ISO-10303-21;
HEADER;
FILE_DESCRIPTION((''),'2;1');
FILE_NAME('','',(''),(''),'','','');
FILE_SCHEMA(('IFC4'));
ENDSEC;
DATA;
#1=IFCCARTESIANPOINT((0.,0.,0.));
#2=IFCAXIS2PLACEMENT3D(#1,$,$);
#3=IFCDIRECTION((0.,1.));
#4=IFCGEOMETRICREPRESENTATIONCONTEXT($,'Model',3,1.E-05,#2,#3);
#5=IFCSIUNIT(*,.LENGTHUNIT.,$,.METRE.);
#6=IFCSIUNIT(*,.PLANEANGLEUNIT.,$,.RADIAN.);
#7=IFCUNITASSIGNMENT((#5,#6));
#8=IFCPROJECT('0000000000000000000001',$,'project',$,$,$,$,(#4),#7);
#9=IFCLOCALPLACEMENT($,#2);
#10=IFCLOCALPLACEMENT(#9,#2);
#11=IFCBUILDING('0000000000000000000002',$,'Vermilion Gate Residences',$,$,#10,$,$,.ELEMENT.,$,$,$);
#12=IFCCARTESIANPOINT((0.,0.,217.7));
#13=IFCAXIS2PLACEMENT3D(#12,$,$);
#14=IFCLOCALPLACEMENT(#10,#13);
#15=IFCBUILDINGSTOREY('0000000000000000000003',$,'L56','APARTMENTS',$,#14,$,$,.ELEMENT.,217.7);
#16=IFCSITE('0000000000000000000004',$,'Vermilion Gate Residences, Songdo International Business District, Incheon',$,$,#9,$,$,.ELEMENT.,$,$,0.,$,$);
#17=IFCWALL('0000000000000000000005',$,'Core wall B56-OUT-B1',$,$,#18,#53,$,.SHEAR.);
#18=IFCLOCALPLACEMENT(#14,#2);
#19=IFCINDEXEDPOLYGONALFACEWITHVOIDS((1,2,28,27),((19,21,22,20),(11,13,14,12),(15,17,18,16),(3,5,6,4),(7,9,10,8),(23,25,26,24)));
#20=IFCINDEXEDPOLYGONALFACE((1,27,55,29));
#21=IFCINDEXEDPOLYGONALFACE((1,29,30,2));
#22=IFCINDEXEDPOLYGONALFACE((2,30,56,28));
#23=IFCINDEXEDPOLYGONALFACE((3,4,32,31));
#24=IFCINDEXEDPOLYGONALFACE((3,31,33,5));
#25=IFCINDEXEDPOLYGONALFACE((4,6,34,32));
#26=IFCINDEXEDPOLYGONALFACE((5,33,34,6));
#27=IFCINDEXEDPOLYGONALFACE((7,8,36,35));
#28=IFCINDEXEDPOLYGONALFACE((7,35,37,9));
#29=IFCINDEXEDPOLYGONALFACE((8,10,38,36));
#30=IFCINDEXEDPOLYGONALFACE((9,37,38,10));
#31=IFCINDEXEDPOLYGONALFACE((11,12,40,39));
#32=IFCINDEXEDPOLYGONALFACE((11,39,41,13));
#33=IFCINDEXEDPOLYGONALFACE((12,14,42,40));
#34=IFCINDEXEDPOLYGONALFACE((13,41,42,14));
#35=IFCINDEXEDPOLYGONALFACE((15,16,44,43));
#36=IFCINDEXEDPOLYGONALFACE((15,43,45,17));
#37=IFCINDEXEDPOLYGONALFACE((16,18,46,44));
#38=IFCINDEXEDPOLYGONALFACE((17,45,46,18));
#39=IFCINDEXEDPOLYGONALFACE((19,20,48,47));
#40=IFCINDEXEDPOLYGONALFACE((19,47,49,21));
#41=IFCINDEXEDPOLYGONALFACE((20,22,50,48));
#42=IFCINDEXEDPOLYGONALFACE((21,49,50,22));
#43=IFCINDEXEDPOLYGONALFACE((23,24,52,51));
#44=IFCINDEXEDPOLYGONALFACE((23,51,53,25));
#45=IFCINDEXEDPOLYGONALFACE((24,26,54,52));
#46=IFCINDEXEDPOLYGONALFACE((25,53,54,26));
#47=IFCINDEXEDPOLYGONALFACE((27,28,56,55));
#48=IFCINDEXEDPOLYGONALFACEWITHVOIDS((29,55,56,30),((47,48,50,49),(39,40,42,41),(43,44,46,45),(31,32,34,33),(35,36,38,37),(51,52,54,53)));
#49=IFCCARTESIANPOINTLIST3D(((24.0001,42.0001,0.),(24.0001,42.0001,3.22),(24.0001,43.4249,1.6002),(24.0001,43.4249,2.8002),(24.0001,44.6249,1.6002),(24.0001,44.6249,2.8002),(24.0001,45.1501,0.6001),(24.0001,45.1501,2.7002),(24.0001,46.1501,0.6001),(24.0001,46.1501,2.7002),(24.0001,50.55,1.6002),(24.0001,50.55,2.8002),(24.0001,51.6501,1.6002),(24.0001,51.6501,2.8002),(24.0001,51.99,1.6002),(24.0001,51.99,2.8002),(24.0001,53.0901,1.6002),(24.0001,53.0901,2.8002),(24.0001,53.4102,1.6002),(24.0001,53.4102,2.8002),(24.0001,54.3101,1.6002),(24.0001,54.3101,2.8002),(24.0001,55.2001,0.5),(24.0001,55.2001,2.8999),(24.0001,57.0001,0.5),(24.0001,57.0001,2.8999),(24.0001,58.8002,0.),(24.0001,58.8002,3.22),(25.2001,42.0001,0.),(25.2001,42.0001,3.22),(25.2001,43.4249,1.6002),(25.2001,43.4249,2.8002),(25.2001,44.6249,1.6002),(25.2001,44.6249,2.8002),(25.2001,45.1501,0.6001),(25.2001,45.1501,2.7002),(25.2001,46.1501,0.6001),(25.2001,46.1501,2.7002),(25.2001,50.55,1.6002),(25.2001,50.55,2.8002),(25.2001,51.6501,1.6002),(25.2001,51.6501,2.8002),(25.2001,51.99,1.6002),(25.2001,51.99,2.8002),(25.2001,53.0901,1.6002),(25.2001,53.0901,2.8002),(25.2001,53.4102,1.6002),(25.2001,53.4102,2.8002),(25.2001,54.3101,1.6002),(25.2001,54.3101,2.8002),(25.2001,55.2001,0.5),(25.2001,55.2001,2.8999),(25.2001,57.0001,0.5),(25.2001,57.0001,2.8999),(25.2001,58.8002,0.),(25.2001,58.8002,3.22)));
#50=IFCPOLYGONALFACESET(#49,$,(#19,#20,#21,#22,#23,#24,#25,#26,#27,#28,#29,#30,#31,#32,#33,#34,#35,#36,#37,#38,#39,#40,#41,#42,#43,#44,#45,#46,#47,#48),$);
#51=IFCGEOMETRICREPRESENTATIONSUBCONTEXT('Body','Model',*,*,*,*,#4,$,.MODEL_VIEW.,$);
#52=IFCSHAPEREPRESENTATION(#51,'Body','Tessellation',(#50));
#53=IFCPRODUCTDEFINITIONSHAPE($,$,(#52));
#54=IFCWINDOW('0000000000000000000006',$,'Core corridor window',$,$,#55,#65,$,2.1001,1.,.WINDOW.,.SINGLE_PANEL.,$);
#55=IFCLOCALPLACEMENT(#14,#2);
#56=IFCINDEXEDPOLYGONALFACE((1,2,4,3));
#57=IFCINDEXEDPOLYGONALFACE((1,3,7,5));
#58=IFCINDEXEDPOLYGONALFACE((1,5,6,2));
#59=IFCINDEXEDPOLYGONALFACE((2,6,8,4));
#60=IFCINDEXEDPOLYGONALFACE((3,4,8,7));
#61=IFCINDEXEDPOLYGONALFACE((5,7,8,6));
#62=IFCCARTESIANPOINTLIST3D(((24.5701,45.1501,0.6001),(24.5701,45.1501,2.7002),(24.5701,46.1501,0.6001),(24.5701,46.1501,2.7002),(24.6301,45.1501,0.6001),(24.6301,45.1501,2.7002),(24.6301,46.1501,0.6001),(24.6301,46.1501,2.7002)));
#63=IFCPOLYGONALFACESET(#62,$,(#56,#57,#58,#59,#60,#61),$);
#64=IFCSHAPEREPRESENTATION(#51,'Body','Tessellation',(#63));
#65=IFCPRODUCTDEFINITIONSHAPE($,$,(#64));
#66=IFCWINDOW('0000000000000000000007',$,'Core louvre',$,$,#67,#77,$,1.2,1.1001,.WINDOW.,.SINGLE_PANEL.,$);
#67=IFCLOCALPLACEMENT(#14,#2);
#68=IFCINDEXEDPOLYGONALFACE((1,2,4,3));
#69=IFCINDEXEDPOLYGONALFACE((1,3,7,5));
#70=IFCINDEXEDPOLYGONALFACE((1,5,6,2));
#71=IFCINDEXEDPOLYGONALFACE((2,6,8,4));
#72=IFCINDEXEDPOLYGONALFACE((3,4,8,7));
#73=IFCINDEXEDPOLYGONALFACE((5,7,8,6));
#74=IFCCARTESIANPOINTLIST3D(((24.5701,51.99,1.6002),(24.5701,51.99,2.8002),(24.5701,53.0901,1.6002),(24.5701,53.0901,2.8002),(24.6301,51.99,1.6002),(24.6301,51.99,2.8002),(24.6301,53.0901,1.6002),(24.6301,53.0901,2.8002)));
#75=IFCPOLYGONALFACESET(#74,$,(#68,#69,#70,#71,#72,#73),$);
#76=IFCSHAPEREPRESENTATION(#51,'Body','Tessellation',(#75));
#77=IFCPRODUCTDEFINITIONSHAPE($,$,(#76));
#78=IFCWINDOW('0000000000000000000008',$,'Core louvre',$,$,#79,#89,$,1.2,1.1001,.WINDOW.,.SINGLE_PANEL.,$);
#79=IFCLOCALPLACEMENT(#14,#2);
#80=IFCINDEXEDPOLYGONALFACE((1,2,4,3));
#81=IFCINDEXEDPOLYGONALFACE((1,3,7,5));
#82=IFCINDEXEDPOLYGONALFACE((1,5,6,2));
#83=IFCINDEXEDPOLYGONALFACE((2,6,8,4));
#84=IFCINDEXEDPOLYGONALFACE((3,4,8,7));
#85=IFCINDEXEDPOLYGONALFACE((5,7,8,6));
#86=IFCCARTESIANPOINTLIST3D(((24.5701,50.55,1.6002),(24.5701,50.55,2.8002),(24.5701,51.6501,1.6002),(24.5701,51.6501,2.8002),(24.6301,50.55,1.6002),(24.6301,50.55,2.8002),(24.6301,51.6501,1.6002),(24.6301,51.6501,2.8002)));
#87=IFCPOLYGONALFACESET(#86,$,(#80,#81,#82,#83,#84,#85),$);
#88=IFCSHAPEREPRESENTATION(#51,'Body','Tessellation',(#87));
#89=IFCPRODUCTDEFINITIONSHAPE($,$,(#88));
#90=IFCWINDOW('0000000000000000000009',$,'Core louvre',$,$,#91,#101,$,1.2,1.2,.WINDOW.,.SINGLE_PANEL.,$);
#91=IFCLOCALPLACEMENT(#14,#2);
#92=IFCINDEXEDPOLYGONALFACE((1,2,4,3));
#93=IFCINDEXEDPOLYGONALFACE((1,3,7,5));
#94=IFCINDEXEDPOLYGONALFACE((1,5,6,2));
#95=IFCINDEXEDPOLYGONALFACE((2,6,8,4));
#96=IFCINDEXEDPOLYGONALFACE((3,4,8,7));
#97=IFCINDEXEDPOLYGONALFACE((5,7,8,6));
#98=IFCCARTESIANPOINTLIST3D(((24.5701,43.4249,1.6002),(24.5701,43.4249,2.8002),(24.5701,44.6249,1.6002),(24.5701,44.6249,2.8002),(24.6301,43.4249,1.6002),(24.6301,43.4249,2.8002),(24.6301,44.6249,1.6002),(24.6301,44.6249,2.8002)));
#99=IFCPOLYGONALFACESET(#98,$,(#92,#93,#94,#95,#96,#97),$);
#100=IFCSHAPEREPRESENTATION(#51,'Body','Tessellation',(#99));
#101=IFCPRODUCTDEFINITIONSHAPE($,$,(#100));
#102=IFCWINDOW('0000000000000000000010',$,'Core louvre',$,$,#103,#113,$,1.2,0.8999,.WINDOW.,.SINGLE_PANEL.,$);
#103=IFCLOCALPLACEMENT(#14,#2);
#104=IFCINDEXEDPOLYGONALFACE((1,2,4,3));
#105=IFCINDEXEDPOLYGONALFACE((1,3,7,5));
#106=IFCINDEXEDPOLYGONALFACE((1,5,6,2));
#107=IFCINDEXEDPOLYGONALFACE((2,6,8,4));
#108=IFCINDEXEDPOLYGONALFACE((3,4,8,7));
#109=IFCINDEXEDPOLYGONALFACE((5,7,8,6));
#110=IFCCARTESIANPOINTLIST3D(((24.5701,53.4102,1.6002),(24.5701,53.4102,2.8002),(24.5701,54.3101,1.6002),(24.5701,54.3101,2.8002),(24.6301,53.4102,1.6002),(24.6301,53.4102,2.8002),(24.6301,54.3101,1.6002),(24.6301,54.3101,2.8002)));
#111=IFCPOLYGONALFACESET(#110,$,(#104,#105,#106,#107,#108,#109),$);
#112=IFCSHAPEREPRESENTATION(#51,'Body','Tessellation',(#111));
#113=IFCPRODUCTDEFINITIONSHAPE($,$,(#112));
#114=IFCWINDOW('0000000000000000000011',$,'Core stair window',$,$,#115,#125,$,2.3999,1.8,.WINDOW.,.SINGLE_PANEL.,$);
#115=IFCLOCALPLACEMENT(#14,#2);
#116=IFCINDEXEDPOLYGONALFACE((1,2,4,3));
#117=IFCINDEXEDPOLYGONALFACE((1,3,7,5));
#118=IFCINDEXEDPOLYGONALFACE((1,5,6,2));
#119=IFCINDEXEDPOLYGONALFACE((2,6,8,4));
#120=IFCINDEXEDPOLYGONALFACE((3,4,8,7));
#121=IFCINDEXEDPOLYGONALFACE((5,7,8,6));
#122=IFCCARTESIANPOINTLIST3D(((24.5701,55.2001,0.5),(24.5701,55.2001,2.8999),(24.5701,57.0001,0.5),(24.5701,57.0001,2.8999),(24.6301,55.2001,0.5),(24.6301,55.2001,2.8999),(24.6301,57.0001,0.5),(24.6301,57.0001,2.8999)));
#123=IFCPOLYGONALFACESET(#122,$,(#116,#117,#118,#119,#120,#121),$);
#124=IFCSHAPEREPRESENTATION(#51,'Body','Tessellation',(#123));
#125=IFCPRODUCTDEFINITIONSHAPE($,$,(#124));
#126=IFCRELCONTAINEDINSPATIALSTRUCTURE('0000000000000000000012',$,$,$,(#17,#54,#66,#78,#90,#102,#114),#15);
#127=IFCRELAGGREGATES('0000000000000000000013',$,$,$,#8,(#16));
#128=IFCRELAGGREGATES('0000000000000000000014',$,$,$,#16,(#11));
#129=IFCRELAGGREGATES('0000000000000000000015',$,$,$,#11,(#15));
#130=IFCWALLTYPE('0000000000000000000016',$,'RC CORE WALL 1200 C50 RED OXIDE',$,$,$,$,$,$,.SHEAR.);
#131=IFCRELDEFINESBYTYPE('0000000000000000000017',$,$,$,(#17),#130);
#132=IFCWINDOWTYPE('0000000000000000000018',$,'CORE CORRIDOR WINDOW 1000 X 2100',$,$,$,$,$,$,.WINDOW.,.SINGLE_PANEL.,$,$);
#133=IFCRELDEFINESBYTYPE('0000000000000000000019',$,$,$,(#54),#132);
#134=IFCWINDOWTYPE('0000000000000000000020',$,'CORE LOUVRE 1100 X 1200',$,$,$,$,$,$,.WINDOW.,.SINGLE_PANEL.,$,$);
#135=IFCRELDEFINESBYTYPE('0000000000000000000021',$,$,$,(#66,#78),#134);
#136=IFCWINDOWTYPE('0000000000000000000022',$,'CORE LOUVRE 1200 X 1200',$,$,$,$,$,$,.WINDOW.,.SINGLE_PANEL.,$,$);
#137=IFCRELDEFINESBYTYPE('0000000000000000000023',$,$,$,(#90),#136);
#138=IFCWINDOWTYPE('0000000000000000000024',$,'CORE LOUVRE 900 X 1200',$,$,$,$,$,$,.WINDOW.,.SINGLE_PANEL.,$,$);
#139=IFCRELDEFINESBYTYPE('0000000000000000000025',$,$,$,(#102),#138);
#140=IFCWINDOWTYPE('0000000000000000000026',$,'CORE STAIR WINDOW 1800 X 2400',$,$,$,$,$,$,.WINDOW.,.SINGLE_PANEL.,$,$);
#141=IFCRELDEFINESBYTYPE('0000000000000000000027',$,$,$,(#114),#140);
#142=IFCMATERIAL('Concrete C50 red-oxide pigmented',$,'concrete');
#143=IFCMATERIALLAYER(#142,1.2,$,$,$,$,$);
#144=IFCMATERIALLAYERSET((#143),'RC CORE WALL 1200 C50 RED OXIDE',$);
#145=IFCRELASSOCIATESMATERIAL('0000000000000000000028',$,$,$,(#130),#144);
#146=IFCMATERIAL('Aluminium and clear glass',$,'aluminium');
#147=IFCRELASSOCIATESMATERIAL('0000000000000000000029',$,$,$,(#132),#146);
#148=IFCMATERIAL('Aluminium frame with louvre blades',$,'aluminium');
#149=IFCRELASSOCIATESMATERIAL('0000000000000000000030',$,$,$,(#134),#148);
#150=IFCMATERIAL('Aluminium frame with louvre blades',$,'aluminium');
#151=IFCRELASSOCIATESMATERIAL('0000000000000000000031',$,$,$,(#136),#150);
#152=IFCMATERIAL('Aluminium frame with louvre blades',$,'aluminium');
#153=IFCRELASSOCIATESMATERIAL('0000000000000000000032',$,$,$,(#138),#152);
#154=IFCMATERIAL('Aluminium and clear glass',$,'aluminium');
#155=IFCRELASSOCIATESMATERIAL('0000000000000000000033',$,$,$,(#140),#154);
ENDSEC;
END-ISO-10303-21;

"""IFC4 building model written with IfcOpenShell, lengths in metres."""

from ifc_helpers import new_model, si_unit, direction, frame, frame_2d, origin, place, context, subcontext, project, spatial, rectangle, extrude, material, layer, layer_set, type_object, element, fill, save


model = new_model("IFC4")

# Units and contexts
model_context = context("Model", 3, precision=1e-05, world=origin(), true_north=direction((0.0, 1.0)))
body_context = subcontext(model_context, "Body", "Model", "MODEL_VIEW")
ifc_project = project(units=[si_unit("LENGTHUNIT", "METRE"), si_unit("PLANEANGLEUNIT", "RADIAN")], contexts=[model_context])

# Site, building, storey
site_placement = place(None, origin())
site = spatial("IfcSite", under=ifc_project, at=site_placement, Name="Vermilion Gate Residences, Songdo International Business District, Incheon", CompositionType="ELEMENT", RefElevation=0.0)
building_placement = place(site_placement, origin())
building = spatial("IfcBuilding", under=site, at=building_placement, Name="Vermilion Gate Residences", CompositionType="ELEMENT")
storey_placement = place(building_placement, frame((0.0, 0.0, 217.7)))
storey = spatial("IfcBuildingStorey", under=building, at=storey_placement, Name="L56", Description="APARTMENTS", CompositionType="ELEMENT", Elevation=217.7)

# Wall, openings, windows
ifc_material_1 = material(Name="Concrete C50 red-oxide pigmented", Category="concrete")
ifc_layer_1 = layer(ifc_material_1, 1.2)
ifc_layer_set_1 = layer_set([ifc_layer_1], Name="RC CORE WALL 1200 C50 RED OXIDE")
wall_type_1 = type_object("IfcWallType", Name="RC CORE WALL 1200 C50 RED OXIDE", PredefinedType="SHEAR", material=ifc_layer_set_1)
wall_1_placement = place(storey_placement, frame((24.6001, 58.8, 0.0), z_axis=(0.0, 0.0, 1.0), x_axis=(0.0, -1.0, 0.0)))
wall_1 = element("IfcWall", 1, at=wall_1_placement, inside=storey, type_object=wall_type_1, Name="Core wall B56-OUT-B1", PredefinedType="SHEAR", context=body_context, shape_type="SweptSolid", body=[
    extrude(rectangle(XDim=16.8, YDim=1.2, at=frame_2d((8.3999, 0.0))), origin(), (0.0, 0.0, 1.0), 3.22),
])
opening_1_placement = place(wall_1_placement, frame((1.8, 0.0, 0.5)))
opening_1 = element("IfcOpeningElement", 2, at=opening_1_placement, cuts=wall_1, PredefinedType="OPENING", context=body_context, shape_type="SweptSolid", body=[
    extrude(rectangle(XDim=1.8, YDim=2.3999, at=frame_2d((0.8999, 1.2))), frame((0.0, 0.6099, 0.0), z_axis=(0.0, -1.0, 0.0), x_axis=(1.0, 0.0, 0.0)), (0.0, 0.0, 1.0), 1.22),
])
opening_2_placement = place(wall_1_placement, frame((4.49, 0.0, 1.6001)))
opening_2 = element("IfcOpeningElement", 3, at=opening_2_placement, cuts=wall_1, PredefinedType="OPENING", context=body_context, shape_type="SweptSolid", body=[
    extrude(rectangle(XDim=0.8999, YDim=1.2, at=frame_2d((0.45, 0.6001))), frame((0.0, 0.6099, 0.0), z_axis=(0.0, -1.0, 0.0), x_axis=(1.0, 0.0, 0.0)), (0.0, 0.0, 1.0), 1.22),
])
opening_3_placement = place(wall_1_placement, frame((5.71, 0.0, 1.6001)))
opening_3 = element("IfcOpeningElement", 4, at=opening_3_placement, cuts=wall_1, PredefinedType="OPENING", context=body_context, shape_type="SweptSolid", body=[
    extrude(rectangle(XDim=1.1001, YDim=1.2, at=frame_2d((0.55, 0.6001))), frame((0.0, 0.6099, 0.0), z_axis=(0.0, -1.0, 0.0), x_axis=(1.0, 0.0, 0.0)), (0.0, 0.0, 1.0), 1.22),
])
opening_4_placement = place(wall_1_placement, frame((7.1499, 0.0, 1.6001)))
opening_4 = element("IfcOpeningElement", 5, at=opening_4_placement, cuts=wall_1, PredefinedType="OPENING", context=body_context, shape_type="SweptSolid", body=[
    extrude(rectangle(XDim=1.1001, YDim=1.2, at=frame_2d((0.55, 0.6001))), frame((0.0, 0.6099, 0.0), z_axis=(0.0, -1.0, 0.0), x_axis=(1.0, 0.0, 0.0)), (0.0, 0.0, 1.0), 1.22),
])
opening_5_placement = place(wall_1_placement, frame((12.6499, 0.0, 0.6001)))
opening_5 = element("IfcOpeningElement", 6, at=opening_5_placement, cuts=wall_1, PredefinedType="OPENING", context=body_context, shape_type="SweptSolid", body=[
    extrude(rectangle(XDim=1.0, YDim=2.1001, at=frame_2d((0.5, 1.05))), frame((0.0, 0.6099, 0.0), z_axis=(0.0, -1.0, 0.0), x_axis=(1.0, 0.0, 0.0)), (0.0, 0.0, 1.0), 1.22),
])
opening_6_placement = place(wall_1_placement, frame((14.175, 0.0, 1.6001)))
opening_6 = element("IfcOpeningElement", 7, at=opening_6_placement, cuts=wall_1, PredefinedType="OPENING", context=body_context, shape_type="SweptSolid", body=[
    extrude(rectangle(XDim=1.2, YDim=1.2, at=frame_2d((0.6001, 0.6001))), frame((0.0, 0.6099, 0.0), z_axis=(0.0, -1.0, 0.0), x_axis=(1.0, 0.0, 0.0)), (0.0, 0.0, 1.0), 1.22),
])
ifc_material_2 = material(Name="Aluminium and clear glass", Category="aluminium")
window_type_1 = type_object("IfcWindowType", Name="CORE CORRIDOR WINDOW 1000 X 2100", PartitioningType="SINGLE_PANEL", PredefinedType="WINDOW", material=ifc_material_2)
window_1_placement = place(opening_5_placement, origin())
window_1 = element("IfcWindow", 8, at=window_1_placement, inside=storey, type_object=window_type_1, Name="Core corridor window", OverallHeight=2.1001, OverallWidth=1.0, PartitioningType="SINGLE_PANEL", PredefinedType="WINDOW", context=body_context, shape_type="SweptSolid", body=[
    extrude(rectangle(XDim=1.0, YDim=2.1001, at=frame_2d((0.5, 1.05))), frame((0.0, 0.03, 0.0), z_axis=(0.0, -1.0, 0.0), x_axis=(1.0, 0.0, 0.0)), (0.0, 0.0, 1.0), 0.0601),
])
fill(opening_5, window_1)
ifc_material_3 = material(Name="Aluminium frame with louvre blades", Category="aluminium")
window_type_2 = type_object("IfcWindowType", Name="CORE LOUVRE 1100 X 1200", PartitioningType="SINGLE_PANEL", PredefinedType="WINDOW", material=ifc_material_3)
window_2_placement = place(opening_3_placement, origin())
window_2 = element("IfcWindow", 9, at=window_2_placement, inside=storey, type_object=window_type_2, Name="Core louvre", OverallHeight=1.2, OverallWidth=1.1001, PartitioningType="SINGLE_PANEL", PredefinedType="WINDOW", context=body_context, shape_type="SweptSolid", body=[
    extrude(rectangle(XDim=1.1001, YDim=1.2, at=frame_2d((0.55, 0.6001))), frame((0.0, 0.03, 0.0), z_axis=(0.0, -1.0, 0.0), x_axis=(1.0, 0.0, 0.0)), (0.0, 0.0, 1.0), 0.0601),
])
fill(opening_3, window_2)
window_3_placement = place(opening_4_placement, origin())
window_3 = element("IfcWindow", 10, at=window_3_placement, inside=storey, type_object=window_type_2, Name="Core louvre", OverallHeight=1.2, OverallWidth=1.1001, PartitioningType="SINGLE_PANEL", PredefinedType="WINDOW", context=body_context, shape_type="SweptSolid", body=[
    extrude(rectangle(XDim=1.1001, YDim=1.2, at=frame_2d((0.55, 0.6001))), frame((0.0, 0.03, 0.0), z_axis=(0.0, -1.0, 0.0), x_axis=(1.0, 0.0, 0.0)), (0.0, 0.0, 1.0), 0.0601),
])
fill(opening_4, window_3)
ifc_material_4 = material(Name="Aluminium frame with louvre blades", Category="aluminium")
window_type_3 = type_object("IfcWindowType", Name="CORE LOUVRE 1200 X 1200", PartitioningType="SINGLE_PANEL", PredefinedType="WINDOW", material=ifc_material_4)
window_4_placement = place(opening_6_placement, origin())
window_4 = element("IfcWindow", 11, at=window_4_placement, inside=storey, type_object=window_type_3, Name="Core louvre", OverallHeight=1.2, OverallWidth=1.2, PartitioningType="SINGLE_PANEL", PredefinedType="WINDOW", context=body_context, shape_type="SweptSolid", body=[
    extrude(rectangle(XDim=1.2, YDim=1.2, at=frame_2d((0.6001, 0.6001))), frame((0.0, 0.03, 0.0), z_axis=(0.0, -1.0, 0.0), x_axis=(1.0, 0.0, 0.0)), (0.0, 0.0, 1.0), 0.0601),
])
fill(opening_6, window_4)
ifc_material_5 = material(Name="Aluminium frame with louvre blades", Category="aluminium")
window_type_4 = type_object("IfcWindowType", Name="CORE LOUVRE 900 X 1200", PartitioningType="SINGLE_PANEL", PredefinedType="WINDOW", material=ifc_material_5)
window_5_placement = place(opening_2_placement, origin())
window_5 = element("IfcWindow", 12, at=window_5_placement, inside=storey, type_object=window_type_4, Name="Core louvre", OverallHeight=1.2, OverallWidth=0.8999, PartitioningType="SINGLE_PANEL", PredefinedType="WINDOW", context=body_context, shape_type="SweptSolid", body=[
    extrude(rectangle(XDim=0.8999, YDim=1.2, at=frame_2d((0.45, 0.6001))), frame((0.0, 0.03, 0.0), z_axis=(0.0, -1.0, 0.0), x_axis=(1.0, 0.0, 0.0)), (0.0, 0.0, 1.0), 0.0601),
])
fill(opening_2, window_5)
ifc_material_6 = material(Name="Aluminium and clear glass", Category="aluminium")
window_type_5 = type_object("IfcWindowType", Name="CORE STAIR WINDOW 1800 X 2400", PartitioningType="SINGLE_PANEL", PredefinedType="WINDOW", material=ifc_material_6)
window_6_placement = place(opening_1_placement, origin())
window_6 = element("IfcWindow", 13, at=window_6_placement, inside=storey, type_object=window_type_5, Name="Core stair window", OverallHeight=2.3999, OverallWidth=1.8, PartitioningType="SINGLE_PANEL", PredefinedType="WINDOW", context=body_context, shape_type="SweptSolid", body=[
    extrude(rectangle(XDim=1.8, YDim=2.3999, at=frame_2d((0.8999, 1.2))), frame((0.0, 0.03, 0.0), z_axis=(0.0, -1.0, 0.0), x_axis=(1.0, 0.0, 0.0)), (0.0, 0.0, 1.0), 0.0601),
])
fill(opening_1, window_6)

save(model, "model.ifc")
